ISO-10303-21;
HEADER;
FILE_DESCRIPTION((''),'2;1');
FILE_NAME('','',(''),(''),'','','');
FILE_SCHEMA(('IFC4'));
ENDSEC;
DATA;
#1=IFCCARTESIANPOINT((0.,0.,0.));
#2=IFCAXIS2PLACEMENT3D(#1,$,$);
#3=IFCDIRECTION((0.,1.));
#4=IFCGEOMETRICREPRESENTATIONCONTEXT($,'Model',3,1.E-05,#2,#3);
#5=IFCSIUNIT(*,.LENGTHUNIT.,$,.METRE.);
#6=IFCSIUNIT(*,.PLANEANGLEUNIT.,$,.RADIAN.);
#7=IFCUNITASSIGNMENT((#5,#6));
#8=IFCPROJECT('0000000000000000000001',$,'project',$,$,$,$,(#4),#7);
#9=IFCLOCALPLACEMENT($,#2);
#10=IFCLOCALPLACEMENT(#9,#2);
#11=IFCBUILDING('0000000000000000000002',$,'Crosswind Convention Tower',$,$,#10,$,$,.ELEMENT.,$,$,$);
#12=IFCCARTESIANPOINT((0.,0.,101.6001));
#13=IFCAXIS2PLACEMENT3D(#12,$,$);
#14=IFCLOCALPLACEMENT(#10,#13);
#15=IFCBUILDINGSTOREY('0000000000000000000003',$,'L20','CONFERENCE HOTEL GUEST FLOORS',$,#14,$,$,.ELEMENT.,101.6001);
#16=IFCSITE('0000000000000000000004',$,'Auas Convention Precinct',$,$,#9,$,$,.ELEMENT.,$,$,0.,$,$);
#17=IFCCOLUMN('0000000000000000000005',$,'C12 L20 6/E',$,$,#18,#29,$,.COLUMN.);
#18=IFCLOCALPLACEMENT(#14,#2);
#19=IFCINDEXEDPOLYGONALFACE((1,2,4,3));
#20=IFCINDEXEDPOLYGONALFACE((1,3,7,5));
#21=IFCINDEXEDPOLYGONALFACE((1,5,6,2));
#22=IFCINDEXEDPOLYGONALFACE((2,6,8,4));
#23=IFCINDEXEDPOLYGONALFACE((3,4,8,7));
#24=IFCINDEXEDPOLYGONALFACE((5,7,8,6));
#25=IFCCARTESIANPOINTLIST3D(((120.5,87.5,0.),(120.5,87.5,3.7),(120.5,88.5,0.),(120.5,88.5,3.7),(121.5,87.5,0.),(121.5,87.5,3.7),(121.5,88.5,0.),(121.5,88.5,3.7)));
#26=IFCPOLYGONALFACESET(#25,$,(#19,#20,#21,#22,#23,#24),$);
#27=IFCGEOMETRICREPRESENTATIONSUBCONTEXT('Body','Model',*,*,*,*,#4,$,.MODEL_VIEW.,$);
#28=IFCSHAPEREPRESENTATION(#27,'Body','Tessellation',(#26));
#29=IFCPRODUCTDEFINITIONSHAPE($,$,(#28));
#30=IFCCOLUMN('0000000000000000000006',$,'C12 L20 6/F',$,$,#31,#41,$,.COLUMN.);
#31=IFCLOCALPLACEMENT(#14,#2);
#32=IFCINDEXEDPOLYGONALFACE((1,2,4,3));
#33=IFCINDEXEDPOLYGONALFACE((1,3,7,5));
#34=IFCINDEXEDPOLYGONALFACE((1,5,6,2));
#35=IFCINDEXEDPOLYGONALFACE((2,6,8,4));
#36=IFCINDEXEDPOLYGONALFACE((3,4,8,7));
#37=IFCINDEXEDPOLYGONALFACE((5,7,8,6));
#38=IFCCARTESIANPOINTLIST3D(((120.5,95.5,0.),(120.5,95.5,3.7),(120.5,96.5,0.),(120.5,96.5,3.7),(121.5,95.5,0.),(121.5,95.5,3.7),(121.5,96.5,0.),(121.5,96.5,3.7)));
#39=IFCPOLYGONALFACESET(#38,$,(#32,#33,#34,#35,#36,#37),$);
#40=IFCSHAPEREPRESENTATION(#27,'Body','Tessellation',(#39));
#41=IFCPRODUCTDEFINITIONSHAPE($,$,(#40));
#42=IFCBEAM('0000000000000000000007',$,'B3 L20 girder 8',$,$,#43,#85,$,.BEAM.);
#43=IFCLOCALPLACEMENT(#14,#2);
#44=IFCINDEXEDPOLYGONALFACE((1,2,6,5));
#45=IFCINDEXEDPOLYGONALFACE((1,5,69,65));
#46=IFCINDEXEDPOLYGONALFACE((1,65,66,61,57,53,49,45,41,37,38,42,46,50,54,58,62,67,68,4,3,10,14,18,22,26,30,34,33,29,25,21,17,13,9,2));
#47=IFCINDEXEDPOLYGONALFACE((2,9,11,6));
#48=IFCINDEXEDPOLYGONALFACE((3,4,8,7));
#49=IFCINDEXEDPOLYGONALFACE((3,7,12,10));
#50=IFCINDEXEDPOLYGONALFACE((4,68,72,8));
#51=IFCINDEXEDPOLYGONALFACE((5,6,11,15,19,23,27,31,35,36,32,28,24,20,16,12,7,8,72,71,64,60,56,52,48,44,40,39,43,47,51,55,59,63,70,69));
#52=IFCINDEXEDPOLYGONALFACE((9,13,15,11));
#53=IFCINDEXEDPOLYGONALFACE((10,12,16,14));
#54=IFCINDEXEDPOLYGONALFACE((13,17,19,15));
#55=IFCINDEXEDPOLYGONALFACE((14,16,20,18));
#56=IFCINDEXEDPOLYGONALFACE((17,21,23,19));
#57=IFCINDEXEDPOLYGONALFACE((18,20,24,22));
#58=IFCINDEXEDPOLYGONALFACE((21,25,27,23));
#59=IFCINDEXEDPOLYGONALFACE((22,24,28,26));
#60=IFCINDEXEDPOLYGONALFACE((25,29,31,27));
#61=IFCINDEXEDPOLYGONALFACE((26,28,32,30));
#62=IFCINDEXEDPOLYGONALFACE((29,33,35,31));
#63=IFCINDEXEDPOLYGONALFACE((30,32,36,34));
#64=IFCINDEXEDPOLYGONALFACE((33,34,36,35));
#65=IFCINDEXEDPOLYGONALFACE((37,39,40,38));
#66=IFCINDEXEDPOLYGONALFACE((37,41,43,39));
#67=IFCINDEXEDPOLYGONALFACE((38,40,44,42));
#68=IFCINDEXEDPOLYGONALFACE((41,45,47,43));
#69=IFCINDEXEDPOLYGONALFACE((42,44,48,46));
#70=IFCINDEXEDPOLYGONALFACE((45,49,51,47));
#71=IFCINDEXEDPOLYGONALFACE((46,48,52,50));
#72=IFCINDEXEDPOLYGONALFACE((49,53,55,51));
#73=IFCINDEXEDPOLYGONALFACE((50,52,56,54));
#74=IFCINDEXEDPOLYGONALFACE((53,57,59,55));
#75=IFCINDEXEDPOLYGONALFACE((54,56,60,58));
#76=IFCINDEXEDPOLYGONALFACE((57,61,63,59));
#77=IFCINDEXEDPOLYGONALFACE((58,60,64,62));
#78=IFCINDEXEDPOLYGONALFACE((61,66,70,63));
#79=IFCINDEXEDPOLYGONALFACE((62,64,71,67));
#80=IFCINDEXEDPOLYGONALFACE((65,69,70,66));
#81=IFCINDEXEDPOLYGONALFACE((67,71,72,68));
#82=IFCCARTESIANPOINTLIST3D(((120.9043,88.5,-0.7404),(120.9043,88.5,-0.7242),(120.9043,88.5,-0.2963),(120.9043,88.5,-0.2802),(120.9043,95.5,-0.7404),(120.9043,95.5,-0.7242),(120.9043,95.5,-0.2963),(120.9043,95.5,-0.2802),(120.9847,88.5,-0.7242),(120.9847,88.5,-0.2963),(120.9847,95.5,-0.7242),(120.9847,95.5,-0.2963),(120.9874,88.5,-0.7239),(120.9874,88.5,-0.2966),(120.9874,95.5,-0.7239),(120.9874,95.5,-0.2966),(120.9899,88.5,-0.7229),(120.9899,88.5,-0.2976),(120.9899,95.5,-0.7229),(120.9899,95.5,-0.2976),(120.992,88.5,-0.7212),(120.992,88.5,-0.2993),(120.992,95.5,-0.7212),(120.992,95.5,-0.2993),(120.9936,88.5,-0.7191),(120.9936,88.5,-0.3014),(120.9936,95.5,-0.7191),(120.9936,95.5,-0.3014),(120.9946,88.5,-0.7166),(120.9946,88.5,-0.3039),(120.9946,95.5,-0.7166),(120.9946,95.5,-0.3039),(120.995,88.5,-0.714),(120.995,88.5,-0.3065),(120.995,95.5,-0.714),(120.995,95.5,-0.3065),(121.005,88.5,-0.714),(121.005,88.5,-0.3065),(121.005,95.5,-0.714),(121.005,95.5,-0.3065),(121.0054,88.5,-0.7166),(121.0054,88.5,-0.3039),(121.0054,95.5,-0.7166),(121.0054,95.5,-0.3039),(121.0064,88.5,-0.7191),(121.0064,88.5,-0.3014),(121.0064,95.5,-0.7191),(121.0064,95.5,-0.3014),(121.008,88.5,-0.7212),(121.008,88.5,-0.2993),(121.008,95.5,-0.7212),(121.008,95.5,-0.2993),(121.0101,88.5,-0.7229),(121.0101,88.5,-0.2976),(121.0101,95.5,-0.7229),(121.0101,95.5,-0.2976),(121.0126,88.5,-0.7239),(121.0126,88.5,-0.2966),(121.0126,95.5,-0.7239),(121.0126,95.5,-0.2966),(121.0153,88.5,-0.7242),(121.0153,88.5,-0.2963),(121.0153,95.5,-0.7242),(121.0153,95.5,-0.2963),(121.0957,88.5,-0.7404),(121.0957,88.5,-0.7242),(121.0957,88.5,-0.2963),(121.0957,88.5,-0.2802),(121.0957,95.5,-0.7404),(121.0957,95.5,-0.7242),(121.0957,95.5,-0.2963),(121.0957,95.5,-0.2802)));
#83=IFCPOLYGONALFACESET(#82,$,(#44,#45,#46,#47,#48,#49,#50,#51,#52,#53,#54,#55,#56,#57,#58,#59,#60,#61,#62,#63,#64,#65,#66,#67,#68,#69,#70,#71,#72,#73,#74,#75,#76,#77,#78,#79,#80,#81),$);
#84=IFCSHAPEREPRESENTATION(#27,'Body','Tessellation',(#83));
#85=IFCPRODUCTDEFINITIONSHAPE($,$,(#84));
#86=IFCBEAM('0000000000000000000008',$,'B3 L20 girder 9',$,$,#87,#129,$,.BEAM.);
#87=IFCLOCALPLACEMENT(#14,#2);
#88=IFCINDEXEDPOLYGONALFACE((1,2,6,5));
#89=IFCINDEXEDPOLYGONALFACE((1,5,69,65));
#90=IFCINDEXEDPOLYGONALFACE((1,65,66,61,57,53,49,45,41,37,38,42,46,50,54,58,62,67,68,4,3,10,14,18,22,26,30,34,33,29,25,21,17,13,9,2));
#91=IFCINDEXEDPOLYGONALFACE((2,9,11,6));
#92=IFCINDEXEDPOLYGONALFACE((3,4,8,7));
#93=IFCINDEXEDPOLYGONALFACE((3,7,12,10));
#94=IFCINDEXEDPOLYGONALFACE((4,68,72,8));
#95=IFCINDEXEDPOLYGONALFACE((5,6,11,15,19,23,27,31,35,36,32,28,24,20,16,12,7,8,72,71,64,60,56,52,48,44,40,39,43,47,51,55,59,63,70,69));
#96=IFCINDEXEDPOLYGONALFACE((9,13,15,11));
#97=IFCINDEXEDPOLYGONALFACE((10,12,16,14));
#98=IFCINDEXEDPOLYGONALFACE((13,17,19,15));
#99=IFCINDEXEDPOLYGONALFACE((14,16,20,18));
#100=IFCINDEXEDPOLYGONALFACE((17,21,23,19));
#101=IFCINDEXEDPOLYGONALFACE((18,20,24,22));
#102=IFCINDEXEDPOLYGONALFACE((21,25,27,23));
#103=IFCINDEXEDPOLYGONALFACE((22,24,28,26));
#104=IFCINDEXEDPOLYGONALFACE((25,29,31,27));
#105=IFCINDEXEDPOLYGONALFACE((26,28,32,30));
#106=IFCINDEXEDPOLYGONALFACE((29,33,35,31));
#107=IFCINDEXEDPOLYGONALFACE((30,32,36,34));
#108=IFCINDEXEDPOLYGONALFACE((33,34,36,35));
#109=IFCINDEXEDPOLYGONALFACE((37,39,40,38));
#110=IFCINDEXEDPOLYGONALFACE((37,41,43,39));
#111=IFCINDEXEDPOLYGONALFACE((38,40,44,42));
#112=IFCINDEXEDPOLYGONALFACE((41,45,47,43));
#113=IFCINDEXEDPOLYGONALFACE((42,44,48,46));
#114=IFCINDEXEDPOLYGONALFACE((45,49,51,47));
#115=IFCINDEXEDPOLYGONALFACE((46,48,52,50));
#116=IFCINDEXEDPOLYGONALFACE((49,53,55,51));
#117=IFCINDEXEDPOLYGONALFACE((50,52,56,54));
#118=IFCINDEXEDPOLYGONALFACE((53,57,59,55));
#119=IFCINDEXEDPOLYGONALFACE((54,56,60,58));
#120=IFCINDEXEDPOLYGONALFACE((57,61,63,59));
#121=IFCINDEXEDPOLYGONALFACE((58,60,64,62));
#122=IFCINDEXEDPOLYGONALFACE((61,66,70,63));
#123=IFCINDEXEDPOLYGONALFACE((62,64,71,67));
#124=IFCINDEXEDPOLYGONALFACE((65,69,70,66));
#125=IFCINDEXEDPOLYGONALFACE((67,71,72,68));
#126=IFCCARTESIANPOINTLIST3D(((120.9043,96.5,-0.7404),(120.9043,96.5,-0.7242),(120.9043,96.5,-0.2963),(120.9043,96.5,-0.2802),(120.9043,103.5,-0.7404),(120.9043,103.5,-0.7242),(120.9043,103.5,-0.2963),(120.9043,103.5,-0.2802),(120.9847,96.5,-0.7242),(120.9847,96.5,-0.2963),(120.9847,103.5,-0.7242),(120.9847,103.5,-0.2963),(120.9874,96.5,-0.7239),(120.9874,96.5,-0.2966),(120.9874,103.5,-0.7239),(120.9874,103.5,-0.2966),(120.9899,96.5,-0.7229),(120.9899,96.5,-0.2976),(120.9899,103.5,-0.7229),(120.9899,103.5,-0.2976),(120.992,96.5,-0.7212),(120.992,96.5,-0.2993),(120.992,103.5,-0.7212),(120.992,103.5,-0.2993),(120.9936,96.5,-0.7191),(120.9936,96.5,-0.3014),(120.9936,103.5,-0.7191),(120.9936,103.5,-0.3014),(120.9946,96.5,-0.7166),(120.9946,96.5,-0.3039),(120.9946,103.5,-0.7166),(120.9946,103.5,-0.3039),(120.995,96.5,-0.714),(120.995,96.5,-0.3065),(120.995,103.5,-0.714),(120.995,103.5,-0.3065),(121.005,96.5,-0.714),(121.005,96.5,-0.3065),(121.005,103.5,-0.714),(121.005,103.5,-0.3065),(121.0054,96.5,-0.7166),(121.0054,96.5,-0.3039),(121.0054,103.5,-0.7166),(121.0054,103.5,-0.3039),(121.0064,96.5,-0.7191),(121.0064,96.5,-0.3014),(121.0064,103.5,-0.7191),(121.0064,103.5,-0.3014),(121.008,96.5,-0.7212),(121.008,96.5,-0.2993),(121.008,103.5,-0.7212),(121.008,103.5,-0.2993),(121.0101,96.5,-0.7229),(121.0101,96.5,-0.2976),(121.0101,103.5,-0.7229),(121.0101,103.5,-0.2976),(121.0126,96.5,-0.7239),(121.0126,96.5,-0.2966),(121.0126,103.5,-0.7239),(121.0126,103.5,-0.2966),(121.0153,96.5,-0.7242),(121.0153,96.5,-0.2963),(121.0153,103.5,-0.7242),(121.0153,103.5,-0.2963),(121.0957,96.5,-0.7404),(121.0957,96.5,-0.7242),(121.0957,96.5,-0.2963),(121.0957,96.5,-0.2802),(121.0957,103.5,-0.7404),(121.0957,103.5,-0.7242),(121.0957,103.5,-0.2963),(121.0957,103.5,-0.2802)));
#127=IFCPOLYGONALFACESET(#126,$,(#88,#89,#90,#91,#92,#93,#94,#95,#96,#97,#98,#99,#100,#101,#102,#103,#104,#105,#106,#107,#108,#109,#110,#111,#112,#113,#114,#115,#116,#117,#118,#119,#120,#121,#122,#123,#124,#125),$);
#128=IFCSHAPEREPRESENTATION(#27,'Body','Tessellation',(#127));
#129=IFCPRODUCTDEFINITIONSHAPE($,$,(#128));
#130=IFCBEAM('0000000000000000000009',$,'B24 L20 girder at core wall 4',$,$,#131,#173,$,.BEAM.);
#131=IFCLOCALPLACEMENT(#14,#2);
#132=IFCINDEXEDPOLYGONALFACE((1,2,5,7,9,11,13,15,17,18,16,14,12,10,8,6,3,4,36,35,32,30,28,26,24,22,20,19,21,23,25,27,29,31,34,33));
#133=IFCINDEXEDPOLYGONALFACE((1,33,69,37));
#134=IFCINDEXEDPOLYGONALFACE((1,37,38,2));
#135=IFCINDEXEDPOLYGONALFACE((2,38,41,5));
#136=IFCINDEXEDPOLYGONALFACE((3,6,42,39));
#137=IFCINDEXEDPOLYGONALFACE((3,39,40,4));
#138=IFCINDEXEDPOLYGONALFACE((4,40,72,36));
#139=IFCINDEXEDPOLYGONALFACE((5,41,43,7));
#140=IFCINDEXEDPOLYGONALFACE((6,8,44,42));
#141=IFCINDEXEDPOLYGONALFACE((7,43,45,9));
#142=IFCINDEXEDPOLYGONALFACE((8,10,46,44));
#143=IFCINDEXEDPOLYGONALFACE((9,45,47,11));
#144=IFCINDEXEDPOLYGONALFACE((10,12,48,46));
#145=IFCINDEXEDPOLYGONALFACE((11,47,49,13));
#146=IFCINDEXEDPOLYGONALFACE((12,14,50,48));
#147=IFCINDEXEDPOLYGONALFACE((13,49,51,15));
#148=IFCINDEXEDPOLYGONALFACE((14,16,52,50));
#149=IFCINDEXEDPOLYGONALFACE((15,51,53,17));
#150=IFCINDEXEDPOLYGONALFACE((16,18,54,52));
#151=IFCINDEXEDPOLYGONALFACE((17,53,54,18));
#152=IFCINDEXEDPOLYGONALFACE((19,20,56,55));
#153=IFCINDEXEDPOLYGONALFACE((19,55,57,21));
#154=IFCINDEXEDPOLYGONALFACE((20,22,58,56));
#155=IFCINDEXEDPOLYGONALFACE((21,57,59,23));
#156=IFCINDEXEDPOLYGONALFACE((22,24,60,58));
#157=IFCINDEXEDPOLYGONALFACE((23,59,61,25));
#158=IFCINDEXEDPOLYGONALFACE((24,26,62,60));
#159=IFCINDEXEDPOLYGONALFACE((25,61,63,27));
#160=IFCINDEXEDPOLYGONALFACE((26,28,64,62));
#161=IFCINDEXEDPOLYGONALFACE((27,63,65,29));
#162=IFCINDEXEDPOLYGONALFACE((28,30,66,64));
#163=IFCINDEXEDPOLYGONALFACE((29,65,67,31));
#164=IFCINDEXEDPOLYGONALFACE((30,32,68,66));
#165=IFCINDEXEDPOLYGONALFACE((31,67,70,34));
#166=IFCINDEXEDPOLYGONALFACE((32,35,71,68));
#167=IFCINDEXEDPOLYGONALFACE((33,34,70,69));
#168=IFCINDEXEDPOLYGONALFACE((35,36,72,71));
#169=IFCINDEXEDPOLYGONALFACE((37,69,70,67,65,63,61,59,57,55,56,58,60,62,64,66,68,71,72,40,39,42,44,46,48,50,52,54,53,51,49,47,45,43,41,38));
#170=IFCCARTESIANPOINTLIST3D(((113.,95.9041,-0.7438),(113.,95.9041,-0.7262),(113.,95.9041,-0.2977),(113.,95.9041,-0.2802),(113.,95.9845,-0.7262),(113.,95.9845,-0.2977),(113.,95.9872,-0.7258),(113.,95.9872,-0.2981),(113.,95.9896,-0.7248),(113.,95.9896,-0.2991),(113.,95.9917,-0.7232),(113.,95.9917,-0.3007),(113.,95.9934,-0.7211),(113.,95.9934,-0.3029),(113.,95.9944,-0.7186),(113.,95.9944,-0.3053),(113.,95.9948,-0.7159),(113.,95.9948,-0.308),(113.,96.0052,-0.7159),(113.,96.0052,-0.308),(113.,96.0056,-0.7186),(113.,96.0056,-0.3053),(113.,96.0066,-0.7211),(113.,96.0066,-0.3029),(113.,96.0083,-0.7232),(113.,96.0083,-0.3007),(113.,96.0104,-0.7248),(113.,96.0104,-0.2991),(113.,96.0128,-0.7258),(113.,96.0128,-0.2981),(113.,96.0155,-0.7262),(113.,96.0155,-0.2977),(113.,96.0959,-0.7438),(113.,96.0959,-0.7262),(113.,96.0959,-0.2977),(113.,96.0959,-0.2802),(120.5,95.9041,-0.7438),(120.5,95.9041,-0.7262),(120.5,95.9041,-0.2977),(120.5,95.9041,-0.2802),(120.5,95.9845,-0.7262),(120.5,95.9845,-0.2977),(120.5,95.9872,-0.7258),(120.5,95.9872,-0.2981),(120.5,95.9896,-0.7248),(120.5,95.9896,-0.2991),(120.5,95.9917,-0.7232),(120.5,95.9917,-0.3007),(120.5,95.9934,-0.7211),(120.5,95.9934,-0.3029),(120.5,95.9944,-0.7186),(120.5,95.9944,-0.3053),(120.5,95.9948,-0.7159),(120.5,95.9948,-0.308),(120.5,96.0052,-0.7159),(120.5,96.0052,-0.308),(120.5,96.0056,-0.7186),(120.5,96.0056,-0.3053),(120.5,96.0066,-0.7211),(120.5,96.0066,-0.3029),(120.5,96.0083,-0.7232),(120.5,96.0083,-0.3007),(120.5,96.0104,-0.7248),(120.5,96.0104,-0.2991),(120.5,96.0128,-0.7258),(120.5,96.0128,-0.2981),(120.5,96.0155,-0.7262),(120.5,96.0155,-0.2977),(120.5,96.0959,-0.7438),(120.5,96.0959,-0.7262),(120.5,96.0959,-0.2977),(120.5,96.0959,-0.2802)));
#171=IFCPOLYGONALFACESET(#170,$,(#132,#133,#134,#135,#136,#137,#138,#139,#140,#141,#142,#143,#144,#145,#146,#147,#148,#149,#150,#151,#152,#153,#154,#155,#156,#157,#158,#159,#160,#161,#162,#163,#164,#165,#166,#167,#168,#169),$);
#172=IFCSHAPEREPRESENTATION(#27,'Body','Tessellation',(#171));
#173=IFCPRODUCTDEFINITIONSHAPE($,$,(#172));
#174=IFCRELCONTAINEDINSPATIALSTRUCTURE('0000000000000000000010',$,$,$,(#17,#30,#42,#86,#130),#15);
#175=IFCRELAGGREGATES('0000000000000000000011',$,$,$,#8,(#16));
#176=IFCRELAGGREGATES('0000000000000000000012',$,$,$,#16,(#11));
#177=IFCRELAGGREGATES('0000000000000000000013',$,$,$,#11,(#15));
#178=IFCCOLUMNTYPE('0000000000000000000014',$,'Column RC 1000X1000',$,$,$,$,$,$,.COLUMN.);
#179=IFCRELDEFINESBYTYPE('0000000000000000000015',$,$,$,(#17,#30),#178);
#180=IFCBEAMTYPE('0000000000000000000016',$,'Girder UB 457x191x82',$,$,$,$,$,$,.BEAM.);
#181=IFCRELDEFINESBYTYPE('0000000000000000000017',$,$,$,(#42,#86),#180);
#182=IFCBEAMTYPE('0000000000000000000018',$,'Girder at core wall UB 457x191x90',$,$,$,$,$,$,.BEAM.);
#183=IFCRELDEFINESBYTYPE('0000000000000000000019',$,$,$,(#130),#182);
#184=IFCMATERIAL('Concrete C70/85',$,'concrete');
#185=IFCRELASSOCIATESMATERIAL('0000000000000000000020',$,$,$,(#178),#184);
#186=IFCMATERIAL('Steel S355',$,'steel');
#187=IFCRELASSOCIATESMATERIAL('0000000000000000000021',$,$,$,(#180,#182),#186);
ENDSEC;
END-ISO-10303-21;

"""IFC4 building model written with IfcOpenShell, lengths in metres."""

from ifc_helpers import new_model, si_unit, direction, frame, origin, origin_2d, place, context, subcontext, project, spatial, rectangle, i_section, extrude, material, material_profile, profile_set, type_object, element, save


model = new_model("IFC4")

# Units and contexts
model_context = context("Model", 3, precision=1e-05, world=origin(), true_north=direction((0.0, 1.0)))
body_context = subcontext(model_context, "Body", "Model", "MODEL_VIEW")
ifc_project = project(units=[si_unit("LENGTHUNIT", "METRE"), si_unit("PLANEANGLEUNIT", "RADIAN")], contexts=[model_context])

# Site, building, storey
site_placement = place(None, origin())
site = spatial("IfcSite", under=ifc_project, at=site_placement, Name="Auas Convention Precinct", CompositionType="ELEMENT", RefElevation=0.0)
building_placement = place(site_placement, origin())
building = spatial("IfcBuilding", under=site, at=building_placement, Name="Crosswind Convention Tower", CompositionType="ELEMENT")
storey_placement = place(building_placement, frame((0.0, 0.0, 101.6001)))
storey = spatial("IfcBuildingStorey", under=building, at=storey_placement, Name="L20", Description="CONFERENCE HOTEL GUEST FLOORS", CompositionType="ELEMENT", Elevation=101.6001)

# Columns
ifc_material_1 = material(Name="Concrete C70/85", Category="concrete")
ifc_material_profile_1 = material_profile(ifc_material_1, rectangle(XDim=1.0, YDim=1.0, at=origin_2d()), Name="RC 1000X1000")
ifc_profile_set_1 = profile_set([ifc_material_profile_1], Name="Concrete C70/85")
column_type = type_object("IfcColumnType", Name="Column RC 1000X1000", PredefinedType="COLUMN", material=ifc_profile_set_1)
for number, where, z_axis, x_axis, name in (
    (1, (121.0, 88.0, 0.0), (0.0, 0.0, 1.0), (1.0, 0.0, 0.0), "C12 L20 6/E"),
    (2, (121.0, 96.0, 0.0), (0.0, 0.0, 1.0), (1.0, 0.0, 0.0), "C12 L20 6/F"),
):
    element("IfcColumn", number, at=place(storey_placement, frame(where, z_axis=z_axis, x_axis=x_axis)), inside=storey, type_object=column_type, Name=name, PredefinedType="COLUMN", context=body_context, shape_type="SweptSolid", body=[
        extrude(rectangle(XDim=1.0, YDim=1.0, at=origin_2d()), origin(), (0.0, 0.0, 1.0), 3.7),
    ])

# Beams
ifc_material_2 = material(Name="Steel S355", Category="steel")
ifc_material_profile_2 = material_profile(ifc_material_2, i_section(OverallWidth=0.1914, OverallDepth=0.4602, WebThickness=0.01, FlangeThickness=0.0161, FilletRadius=0.0103, at=origin_2d()), Name="UB 457x191x82")
ifc_profile_set_2 = profile_set([ifc_material_profile_2], Name="Steel S355")
beam_type_1 = type_object("IfcBeamType", Name="Girder UB 457x191x82", PredefinedType="BEAM", material=ifc_profile_set_2)
for number, where, z_axis, x_axis, name in (
    (3, (121.0, 88.5, -0.5103), (0.0, 1.0, 0.0), (-1.0, 0.0, 0.0), "B3 L20 girder 8"),
    (4, (121.0, 96.5, -0.5103), (0.0, 1.0, 0.0), (-1.0, 0.0, 0.0), "B3 L20 girder 9"),
):
    element("IfcBeam", number, at=place(storey_placement, frame(where, z_axis=z_axis, x_axis=x_axis)), inside=storey, type_object=beam_type_1, Name=name, PredefinedType="BEAM", context=body_context, shape_type="SweptSolid", body=[
        extrude(i_section(OverallWidth=0.1914, OverallDepth=0.4602, WebThickness=0.01, FlangeThickness=0.0161, FilletRadius=0.0103, at=origin_2d()), origin(), (0.0, 0.0, 1.0), 7.0),
    ])
ifc_material_profile_3 = material_profile(ifc_material_2, i_section(OverallWidth=0.1919, OverallDepth=0.4636, WebThickness=0.0105, FlangeThickness=0.0176, FilletRadius=0.0103, at=origin_2d()), Name="UB 457x191x90")
ifc_profile_set_3 = profile_set([ifc_material_profile_3], Name="Steel S355")
beam_type_2 = type_object("IfcBeamType", Name="Girder at core wall UB 457x191x90", PredefinedType="BEAM", material=ifc_profile_set_3)
beam_1_placement = place(storey_placement, frame((113.0, 96.0, -0.512), z_axis=(1.0, 0.0, 0.0), x_axis=(0.0, 1.0, 0.0)))
element("IfcBeam", 5, at=beam_1_placement, inside=storey, type_object=beam_type_2, Name="B24 L20 girder at core wall 4", PredefinedType="BEAM", context=body_context, shape_type="SweptSolid", body=[
    extrude(i_section(OverallWidth=0.1919, OverallDepth=0.4636, WebThickness=0.0105, FlangeThickness=0.0176, FilletRadius=0.0103, at=origin_2d()), origin(), (0.0, 0.0, 1.0), 7.5),
])

save(model, "model.ifc")
